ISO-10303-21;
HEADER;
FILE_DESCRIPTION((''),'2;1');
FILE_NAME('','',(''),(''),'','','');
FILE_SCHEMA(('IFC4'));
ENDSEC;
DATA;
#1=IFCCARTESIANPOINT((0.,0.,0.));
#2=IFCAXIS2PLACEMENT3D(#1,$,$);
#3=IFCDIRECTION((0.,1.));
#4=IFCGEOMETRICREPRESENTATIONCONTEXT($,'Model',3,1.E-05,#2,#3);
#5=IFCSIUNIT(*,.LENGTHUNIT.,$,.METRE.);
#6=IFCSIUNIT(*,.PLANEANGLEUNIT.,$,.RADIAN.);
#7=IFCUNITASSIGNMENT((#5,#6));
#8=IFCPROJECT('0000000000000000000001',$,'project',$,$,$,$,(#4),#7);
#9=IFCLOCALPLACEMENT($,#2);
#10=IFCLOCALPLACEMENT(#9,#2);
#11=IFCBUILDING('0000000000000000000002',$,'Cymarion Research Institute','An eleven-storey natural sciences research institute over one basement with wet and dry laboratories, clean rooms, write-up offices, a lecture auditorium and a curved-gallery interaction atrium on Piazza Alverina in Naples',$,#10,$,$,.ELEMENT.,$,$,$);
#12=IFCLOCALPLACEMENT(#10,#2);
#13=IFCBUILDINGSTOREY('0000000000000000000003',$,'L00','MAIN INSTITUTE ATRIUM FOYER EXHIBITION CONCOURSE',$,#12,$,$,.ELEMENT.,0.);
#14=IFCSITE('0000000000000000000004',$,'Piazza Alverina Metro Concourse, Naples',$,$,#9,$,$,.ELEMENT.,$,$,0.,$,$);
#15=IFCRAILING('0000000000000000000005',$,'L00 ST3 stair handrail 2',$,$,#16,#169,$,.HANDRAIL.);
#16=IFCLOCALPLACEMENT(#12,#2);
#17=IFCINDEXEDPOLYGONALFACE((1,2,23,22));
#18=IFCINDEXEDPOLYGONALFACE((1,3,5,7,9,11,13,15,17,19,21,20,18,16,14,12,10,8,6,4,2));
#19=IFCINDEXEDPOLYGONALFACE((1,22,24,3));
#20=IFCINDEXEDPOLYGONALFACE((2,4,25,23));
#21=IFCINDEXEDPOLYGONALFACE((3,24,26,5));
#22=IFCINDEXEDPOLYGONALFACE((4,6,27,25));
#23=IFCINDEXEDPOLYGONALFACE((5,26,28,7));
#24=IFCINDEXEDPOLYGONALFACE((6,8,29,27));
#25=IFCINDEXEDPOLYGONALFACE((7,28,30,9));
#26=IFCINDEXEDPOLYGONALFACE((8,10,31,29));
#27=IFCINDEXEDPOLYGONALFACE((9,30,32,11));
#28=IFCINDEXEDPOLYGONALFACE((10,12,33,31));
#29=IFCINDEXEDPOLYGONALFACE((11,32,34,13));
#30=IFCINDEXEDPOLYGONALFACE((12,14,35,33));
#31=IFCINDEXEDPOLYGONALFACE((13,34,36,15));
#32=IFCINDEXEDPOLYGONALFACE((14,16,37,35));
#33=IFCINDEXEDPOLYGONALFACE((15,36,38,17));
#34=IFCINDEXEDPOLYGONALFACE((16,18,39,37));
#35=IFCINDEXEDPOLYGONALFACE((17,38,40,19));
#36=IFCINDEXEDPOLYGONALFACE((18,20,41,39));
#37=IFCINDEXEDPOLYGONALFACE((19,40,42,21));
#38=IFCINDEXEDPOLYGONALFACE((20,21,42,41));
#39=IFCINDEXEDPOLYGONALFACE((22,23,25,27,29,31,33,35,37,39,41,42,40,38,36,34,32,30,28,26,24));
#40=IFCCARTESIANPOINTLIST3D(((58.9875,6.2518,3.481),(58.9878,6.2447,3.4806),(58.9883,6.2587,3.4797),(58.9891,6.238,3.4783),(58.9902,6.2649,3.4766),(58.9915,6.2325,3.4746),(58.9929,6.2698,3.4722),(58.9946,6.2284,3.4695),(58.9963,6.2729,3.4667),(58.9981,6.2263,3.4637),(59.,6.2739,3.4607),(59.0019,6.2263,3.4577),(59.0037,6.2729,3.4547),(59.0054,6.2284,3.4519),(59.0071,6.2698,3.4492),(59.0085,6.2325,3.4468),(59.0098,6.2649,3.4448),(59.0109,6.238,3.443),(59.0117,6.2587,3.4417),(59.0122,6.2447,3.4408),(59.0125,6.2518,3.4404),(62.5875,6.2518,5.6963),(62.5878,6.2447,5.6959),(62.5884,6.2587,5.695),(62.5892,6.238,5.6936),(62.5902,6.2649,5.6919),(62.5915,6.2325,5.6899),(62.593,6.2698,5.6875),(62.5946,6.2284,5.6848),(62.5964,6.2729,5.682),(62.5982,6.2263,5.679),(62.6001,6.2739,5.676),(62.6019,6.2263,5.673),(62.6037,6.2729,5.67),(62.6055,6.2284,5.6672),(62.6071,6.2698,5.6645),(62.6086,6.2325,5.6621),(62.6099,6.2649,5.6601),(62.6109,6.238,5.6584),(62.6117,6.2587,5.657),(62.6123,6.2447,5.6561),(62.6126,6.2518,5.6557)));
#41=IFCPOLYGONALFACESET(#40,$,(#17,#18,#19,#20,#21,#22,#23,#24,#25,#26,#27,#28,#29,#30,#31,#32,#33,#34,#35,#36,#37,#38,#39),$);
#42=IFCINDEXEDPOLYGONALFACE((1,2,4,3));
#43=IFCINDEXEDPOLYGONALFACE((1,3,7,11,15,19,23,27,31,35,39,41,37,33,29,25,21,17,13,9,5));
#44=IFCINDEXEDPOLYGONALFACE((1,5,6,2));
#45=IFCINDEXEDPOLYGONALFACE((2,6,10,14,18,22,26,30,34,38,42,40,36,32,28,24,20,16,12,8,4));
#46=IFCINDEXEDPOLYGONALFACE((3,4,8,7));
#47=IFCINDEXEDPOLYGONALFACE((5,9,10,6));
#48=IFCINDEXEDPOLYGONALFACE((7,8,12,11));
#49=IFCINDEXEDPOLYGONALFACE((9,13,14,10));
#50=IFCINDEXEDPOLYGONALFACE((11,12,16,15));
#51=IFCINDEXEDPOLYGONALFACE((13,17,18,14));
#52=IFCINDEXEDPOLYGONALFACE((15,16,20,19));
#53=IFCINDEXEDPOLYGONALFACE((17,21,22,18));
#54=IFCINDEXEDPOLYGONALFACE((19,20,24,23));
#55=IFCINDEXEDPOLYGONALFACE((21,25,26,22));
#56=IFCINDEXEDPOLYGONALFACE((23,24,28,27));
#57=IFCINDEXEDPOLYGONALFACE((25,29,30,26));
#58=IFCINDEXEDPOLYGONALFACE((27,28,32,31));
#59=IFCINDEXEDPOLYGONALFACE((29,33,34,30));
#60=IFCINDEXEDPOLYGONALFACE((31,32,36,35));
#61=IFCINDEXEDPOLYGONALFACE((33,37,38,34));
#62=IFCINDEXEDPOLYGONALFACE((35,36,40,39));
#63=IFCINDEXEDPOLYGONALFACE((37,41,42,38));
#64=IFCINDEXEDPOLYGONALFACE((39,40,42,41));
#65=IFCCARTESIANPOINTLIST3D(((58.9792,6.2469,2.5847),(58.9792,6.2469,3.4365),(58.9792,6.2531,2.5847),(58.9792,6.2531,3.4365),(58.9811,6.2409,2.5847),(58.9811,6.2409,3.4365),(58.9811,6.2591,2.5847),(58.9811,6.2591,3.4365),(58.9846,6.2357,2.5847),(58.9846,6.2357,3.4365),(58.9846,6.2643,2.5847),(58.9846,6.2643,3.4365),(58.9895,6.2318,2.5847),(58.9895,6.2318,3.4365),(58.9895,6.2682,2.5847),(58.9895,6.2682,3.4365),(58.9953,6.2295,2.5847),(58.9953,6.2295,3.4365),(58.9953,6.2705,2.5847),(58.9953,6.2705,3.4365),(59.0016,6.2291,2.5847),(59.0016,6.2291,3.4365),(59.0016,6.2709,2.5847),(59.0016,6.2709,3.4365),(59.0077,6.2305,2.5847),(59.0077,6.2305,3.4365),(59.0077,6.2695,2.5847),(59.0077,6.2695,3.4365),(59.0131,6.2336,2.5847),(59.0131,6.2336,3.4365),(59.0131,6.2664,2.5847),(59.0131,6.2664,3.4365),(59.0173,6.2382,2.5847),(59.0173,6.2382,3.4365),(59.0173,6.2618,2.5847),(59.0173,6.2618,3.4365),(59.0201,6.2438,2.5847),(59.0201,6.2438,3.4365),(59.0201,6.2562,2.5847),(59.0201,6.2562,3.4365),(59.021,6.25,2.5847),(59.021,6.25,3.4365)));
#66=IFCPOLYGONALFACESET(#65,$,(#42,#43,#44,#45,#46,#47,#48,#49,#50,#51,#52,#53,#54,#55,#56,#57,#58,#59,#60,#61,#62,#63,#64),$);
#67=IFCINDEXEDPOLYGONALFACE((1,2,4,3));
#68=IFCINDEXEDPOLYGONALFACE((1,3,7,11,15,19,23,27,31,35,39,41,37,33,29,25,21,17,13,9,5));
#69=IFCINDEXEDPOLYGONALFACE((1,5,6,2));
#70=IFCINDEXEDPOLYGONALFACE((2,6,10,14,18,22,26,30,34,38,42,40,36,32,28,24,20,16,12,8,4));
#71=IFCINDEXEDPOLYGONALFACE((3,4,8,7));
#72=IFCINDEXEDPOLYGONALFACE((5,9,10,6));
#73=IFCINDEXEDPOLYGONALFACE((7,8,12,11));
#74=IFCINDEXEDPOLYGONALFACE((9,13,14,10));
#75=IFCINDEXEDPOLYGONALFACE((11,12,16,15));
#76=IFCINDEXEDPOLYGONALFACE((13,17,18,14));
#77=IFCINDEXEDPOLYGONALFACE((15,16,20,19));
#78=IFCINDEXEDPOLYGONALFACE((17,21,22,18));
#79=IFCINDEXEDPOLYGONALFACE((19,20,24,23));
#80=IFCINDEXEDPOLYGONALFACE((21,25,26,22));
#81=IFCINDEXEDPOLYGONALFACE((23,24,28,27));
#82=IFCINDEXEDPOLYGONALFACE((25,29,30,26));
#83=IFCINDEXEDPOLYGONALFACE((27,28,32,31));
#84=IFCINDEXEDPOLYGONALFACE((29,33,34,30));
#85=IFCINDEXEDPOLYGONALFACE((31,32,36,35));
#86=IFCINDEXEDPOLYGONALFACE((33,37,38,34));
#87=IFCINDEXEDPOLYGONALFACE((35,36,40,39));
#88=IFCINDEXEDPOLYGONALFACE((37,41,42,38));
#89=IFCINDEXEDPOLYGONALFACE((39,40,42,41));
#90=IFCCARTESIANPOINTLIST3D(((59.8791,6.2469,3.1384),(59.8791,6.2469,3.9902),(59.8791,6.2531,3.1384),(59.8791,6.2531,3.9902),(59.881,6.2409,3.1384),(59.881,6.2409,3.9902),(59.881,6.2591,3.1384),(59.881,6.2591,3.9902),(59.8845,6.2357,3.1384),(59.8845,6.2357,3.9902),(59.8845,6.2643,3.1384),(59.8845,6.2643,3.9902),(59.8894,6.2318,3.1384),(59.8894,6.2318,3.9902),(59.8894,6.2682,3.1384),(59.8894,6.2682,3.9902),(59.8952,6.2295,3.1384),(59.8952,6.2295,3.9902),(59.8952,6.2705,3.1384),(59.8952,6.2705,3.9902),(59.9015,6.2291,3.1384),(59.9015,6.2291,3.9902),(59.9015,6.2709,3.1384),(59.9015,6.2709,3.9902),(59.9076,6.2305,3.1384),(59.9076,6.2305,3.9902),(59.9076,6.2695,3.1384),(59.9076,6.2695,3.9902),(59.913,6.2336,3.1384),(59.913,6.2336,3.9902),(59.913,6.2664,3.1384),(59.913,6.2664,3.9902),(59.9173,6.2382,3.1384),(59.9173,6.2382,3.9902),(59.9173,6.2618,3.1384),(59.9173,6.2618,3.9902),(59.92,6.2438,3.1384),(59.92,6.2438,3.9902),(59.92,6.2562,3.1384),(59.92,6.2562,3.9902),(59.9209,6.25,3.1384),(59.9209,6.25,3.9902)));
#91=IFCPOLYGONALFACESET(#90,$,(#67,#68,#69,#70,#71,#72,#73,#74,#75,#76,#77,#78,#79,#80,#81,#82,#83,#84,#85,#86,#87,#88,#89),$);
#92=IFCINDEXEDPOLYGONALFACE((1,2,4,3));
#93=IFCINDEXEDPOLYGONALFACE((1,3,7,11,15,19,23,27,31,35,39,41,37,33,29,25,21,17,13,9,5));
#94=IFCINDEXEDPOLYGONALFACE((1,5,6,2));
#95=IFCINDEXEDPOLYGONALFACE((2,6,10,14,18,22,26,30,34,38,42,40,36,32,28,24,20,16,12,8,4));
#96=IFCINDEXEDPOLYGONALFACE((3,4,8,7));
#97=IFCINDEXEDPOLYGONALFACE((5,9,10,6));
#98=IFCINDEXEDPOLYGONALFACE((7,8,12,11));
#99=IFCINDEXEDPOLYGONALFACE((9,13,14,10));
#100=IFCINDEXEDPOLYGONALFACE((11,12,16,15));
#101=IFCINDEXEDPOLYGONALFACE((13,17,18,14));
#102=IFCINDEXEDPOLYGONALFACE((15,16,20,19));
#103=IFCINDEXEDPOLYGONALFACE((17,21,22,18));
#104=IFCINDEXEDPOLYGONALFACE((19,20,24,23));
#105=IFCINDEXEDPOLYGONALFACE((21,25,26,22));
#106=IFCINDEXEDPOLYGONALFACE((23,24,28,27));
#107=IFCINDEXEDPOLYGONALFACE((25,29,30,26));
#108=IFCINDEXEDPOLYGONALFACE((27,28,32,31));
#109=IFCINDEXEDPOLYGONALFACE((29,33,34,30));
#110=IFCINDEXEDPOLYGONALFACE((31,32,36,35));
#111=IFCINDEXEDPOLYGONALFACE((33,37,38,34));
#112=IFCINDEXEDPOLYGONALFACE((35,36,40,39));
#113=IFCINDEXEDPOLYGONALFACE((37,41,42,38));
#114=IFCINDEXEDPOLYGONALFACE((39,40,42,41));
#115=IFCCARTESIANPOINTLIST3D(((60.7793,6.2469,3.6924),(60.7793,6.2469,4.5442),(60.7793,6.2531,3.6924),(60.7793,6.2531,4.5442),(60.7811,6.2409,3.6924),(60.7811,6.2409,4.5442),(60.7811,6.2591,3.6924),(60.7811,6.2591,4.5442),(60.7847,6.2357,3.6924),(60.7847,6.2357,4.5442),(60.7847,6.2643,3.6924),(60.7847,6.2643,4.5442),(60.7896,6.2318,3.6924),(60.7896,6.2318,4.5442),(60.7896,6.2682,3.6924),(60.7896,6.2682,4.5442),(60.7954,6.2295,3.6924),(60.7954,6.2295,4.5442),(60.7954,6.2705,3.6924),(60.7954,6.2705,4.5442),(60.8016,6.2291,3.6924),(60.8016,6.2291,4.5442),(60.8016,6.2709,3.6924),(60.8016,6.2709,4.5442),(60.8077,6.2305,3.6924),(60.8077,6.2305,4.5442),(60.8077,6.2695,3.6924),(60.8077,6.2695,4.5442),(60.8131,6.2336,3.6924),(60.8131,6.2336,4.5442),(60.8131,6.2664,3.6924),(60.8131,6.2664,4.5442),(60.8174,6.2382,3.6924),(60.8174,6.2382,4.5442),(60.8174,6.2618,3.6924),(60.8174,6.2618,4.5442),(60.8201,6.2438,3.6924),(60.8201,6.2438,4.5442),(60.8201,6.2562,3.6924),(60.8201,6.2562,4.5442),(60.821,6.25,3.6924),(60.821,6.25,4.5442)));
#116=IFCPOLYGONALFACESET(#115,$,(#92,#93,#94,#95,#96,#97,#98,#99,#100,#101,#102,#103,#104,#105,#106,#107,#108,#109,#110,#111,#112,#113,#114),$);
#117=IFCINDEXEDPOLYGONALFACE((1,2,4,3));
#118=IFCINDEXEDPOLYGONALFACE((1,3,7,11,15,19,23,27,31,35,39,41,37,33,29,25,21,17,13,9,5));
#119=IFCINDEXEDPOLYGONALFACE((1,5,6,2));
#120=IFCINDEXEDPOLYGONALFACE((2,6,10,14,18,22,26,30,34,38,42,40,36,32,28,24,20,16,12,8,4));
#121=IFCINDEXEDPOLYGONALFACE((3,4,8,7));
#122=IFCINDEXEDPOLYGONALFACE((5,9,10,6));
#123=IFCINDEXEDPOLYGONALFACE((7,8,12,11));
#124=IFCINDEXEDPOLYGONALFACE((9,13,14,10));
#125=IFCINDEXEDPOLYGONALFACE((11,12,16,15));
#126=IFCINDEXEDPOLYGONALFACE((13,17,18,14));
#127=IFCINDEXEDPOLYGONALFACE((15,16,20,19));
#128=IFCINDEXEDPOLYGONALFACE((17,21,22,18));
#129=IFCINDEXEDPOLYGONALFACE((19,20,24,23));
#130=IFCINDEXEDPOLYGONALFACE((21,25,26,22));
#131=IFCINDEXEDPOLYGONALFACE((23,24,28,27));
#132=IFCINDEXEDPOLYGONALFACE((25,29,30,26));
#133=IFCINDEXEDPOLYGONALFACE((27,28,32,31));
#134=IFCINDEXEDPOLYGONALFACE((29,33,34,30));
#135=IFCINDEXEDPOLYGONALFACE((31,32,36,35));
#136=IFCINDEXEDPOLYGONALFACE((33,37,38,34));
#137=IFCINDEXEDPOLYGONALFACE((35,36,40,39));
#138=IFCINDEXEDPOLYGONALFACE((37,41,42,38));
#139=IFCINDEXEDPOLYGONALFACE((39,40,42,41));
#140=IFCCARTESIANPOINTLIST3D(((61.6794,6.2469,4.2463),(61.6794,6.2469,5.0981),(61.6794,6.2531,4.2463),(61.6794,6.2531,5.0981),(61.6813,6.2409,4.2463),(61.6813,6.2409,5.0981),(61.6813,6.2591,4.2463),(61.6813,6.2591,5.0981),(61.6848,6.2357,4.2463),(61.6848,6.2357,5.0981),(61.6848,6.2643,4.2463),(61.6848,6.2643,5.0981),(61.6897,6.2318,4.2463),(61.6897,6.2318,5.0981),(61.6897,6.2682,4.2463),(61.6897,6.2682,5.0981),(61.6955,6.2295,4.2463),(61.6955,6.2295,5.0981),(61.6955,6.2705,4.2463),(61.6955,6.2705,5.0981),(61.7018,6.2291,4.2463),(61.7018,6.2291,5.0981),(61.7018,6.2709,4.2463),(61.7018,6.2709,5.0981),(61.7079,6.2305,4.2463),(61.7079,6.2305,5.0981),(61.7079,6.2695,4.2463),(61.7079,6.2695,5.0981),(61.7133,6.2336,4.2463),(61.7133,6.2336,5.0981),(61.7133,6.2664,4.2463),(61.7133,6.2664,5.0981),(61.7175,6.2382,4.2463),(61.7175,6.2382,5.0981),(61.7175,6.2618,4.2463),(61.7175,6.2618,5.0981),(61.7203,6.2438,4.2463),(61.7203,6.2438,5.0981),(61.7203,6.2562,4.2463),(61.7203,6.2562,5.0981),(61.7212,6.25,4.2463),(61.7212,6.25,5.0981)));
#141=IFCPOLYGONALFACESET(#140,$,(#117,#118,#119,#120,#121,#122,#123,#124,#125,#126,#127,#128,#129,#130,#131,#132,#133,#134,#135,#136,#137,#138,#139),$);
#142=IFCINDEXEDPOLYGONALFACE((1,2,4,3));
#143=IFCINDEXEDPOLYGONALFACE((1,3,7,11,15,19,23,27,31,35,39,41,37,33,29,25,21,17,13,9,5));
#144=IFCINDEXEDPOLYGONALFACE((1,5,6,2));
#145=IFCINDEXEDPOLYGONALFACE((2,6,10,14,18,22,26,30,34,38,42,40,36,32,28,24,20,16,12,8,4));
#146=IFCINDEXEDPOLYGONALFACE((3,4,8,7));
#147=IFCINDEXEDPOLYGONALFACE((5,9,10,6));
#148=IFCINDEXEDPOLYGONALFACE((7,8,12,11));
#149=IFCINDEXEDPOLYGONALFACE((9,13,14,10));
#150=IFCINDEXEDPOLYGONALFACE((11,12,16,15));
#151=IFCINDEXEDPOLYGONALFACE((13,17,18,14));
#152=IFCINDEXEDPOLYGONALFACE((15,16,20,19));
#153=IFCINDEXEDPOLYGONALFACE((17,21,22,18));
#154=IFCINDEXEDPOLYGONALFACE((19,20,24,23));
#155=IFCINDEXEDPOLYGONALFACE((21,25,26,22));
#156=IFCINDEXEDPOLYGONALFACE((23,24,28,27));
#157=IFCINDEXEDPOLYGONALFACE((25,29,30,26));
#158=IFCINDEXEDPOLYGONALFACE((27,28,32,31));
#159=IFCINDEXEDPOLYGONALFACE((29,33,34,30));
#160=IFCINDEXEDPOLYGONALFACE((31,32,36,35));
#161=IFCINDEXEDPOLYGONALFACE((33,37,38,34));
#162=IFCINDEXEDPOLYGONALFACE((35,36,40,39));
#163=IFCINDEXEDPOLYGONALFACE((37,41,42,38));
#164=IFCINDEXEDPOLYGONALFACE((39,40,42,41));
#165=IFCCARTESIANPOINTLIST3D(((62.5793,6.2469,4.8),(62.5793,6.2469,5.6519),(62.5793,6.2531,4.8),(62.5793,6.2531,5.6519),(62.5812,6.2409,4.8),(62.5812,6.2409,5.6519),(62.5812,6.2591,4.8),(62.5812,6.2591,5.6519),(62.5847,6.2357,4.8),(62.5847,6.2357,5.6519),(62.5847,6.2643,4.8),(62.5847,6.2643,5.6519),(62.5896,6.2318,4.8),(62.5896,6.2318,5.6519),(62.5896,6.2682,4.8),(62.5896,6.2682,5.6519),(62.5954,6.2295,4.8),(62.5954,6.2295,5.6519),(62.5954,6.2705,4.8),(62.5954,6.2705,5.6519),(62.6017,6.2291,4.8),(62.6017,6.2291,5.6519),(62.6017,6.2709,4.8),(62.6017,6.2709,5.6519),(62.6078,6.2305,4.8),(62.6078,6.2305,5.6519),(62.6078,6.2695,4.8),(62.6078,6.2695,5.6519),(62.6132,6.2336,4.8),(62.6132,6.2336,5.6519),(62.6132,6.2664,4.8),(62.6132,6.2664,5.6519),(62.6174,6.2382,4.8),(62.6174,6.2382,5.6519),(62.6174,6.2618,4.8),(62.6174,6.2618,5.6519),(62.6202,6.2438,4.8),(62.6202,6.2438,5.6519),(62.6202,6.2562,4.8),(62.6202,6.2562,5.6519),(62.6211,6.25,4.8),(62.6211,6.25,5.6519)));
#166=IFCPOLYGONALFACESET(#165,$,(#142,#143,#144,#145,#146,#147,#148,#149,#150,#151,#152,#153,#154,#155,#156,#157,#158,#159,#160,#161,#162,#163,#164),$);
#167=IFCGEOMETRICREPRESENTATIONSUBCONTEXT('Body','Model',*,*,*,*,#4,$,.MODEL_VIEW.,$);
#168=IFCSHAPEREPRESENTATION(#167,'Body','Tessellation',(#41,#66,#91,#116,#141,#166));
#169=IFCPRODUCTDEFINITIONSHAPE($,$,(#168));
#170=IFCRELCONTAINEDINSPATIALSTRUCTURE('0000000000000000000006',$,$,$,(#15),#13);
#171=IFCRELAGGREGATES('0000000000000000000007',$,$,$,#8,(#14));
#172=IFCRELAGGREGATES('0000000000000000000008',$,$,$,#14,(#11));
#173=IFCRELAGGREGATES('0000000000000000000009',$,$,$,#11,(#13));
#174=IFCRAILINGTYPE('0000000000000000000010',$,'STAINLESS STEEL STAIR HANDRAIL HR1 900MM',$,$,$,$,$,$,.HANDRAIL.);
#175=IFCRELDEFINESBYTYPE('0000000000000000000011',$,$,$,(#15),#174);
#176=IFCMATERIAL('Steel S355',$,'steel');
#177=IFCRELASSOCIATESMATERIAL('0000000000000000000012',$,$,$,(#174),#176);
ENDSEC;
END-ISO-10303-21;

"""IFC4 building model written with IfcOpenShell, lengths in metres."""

from ifc_helpers import new_model, si_unit, direction, frame, origin, origin_2d, place, context, subcontext, project, spatial, circle, extrude, material, type_object, element, save


model = new_model("IFC4")

# Units and contexts
model_context = context("Model", 3, precision=1e-05, world=origin(), true_north=direction((0.0, 1.0)))
body_context = subcontext(model_context, "Body", "Model", "MODEL_VIEW")
ifc_project = project(units=[si_unit("LENGTHUNIT", "METRE"), si_unit("PLANEANGLEUNIT", "RADIAN")], contexts=[model_context])

# Site, building, storey
site_placement = place(None, origin())
site = spatial("IfcSite", under=ifc_project, at=site_placement, Name="Piazza Alverina Metro Concourse, Naples", CompositionType="ELEMENT", RefElevation=0.0)
building_placement = place(site_placement, origin())
building = spatial("IfcBuilding", under=site, at=building_placement, Name="Cymarion Research Institute", Description="An eleven-storey natural sciences research institute over one basement with wet and dry laboratories, clean rooms, write-up offices, a lecture auditorium and a curved-gallery interaction atrium on Piazza Alverina in Naples", CompositionType="ELEMENT")
storey_placement = place(building_placement, origin())
storey = spatial("IfcBuildingStorey", under=building, at=storey_placement, Name="L00", Description="MAIN INSTITUTE ATRIUM FOYER EXHIBITION CONCOURSE", CompositionType="ELEMENT", Elevation=0.0)

# Shared definitions
ifc_material_1 = material(Name="Steel S355", Category="steel")

# Railing
railing_type_1 = type_object("IfcRailingType", Name="STAINLESS STEEL STAIR HANDRAIL HR1 900MM", PredefinedType="HANDRAIL", material=ifc_material_1)
railing_1_placement = place(storey_placement, frame((59.0, 6.25, 2.5847)))
element("IfcRailing", 1, at=railing_1_placement, inside=storey, type_object=railing_type_1, Name="L00 ST3 stair handrail 2", PredefinedType="HANDRAIL", context=body_context, shape_type="SweptSolid", body=[
    extrude(circle(Radius=0.0239, at=origin_2d()), frame((0.0, 0.0, 0.876), z_axis=(0.85167, 0.0, 0.524078), x_axis=(0.0, 1.0, 0.0)), (0.0, 0.0, 1.0), 4.2271),
    extrude(circle(Radius=0.021, at=origin_2d()), origin(), (0.0, 0.0, 1.0), 0.8518),
    extrude(circle(Radius=0.021, at=origin_2d()), frame((0.8999, 0.0, 0.5537)), (0.0, 0.0, 1.0), 0.8518),
    extrude(circle(Radius=0.021, at=origin_2d()), frame((1.8, 0.0, 1.1077)), (0.0, 0.0, 1.0), 0.8518),
    extrude(circle(Radius=0.021, at=origin_2d()), frame((2.7002, 0.0, 1.6616)), (0.0, 0.0, 1.0), 0.8518),
    extrude(circle(Radius=0.021, at=origin_2d()), frame((3.6001, 0.0, 2.2153)), (0.0, 0.0, 1.0), 0.8518),
])

save(model, "model.ifc")
